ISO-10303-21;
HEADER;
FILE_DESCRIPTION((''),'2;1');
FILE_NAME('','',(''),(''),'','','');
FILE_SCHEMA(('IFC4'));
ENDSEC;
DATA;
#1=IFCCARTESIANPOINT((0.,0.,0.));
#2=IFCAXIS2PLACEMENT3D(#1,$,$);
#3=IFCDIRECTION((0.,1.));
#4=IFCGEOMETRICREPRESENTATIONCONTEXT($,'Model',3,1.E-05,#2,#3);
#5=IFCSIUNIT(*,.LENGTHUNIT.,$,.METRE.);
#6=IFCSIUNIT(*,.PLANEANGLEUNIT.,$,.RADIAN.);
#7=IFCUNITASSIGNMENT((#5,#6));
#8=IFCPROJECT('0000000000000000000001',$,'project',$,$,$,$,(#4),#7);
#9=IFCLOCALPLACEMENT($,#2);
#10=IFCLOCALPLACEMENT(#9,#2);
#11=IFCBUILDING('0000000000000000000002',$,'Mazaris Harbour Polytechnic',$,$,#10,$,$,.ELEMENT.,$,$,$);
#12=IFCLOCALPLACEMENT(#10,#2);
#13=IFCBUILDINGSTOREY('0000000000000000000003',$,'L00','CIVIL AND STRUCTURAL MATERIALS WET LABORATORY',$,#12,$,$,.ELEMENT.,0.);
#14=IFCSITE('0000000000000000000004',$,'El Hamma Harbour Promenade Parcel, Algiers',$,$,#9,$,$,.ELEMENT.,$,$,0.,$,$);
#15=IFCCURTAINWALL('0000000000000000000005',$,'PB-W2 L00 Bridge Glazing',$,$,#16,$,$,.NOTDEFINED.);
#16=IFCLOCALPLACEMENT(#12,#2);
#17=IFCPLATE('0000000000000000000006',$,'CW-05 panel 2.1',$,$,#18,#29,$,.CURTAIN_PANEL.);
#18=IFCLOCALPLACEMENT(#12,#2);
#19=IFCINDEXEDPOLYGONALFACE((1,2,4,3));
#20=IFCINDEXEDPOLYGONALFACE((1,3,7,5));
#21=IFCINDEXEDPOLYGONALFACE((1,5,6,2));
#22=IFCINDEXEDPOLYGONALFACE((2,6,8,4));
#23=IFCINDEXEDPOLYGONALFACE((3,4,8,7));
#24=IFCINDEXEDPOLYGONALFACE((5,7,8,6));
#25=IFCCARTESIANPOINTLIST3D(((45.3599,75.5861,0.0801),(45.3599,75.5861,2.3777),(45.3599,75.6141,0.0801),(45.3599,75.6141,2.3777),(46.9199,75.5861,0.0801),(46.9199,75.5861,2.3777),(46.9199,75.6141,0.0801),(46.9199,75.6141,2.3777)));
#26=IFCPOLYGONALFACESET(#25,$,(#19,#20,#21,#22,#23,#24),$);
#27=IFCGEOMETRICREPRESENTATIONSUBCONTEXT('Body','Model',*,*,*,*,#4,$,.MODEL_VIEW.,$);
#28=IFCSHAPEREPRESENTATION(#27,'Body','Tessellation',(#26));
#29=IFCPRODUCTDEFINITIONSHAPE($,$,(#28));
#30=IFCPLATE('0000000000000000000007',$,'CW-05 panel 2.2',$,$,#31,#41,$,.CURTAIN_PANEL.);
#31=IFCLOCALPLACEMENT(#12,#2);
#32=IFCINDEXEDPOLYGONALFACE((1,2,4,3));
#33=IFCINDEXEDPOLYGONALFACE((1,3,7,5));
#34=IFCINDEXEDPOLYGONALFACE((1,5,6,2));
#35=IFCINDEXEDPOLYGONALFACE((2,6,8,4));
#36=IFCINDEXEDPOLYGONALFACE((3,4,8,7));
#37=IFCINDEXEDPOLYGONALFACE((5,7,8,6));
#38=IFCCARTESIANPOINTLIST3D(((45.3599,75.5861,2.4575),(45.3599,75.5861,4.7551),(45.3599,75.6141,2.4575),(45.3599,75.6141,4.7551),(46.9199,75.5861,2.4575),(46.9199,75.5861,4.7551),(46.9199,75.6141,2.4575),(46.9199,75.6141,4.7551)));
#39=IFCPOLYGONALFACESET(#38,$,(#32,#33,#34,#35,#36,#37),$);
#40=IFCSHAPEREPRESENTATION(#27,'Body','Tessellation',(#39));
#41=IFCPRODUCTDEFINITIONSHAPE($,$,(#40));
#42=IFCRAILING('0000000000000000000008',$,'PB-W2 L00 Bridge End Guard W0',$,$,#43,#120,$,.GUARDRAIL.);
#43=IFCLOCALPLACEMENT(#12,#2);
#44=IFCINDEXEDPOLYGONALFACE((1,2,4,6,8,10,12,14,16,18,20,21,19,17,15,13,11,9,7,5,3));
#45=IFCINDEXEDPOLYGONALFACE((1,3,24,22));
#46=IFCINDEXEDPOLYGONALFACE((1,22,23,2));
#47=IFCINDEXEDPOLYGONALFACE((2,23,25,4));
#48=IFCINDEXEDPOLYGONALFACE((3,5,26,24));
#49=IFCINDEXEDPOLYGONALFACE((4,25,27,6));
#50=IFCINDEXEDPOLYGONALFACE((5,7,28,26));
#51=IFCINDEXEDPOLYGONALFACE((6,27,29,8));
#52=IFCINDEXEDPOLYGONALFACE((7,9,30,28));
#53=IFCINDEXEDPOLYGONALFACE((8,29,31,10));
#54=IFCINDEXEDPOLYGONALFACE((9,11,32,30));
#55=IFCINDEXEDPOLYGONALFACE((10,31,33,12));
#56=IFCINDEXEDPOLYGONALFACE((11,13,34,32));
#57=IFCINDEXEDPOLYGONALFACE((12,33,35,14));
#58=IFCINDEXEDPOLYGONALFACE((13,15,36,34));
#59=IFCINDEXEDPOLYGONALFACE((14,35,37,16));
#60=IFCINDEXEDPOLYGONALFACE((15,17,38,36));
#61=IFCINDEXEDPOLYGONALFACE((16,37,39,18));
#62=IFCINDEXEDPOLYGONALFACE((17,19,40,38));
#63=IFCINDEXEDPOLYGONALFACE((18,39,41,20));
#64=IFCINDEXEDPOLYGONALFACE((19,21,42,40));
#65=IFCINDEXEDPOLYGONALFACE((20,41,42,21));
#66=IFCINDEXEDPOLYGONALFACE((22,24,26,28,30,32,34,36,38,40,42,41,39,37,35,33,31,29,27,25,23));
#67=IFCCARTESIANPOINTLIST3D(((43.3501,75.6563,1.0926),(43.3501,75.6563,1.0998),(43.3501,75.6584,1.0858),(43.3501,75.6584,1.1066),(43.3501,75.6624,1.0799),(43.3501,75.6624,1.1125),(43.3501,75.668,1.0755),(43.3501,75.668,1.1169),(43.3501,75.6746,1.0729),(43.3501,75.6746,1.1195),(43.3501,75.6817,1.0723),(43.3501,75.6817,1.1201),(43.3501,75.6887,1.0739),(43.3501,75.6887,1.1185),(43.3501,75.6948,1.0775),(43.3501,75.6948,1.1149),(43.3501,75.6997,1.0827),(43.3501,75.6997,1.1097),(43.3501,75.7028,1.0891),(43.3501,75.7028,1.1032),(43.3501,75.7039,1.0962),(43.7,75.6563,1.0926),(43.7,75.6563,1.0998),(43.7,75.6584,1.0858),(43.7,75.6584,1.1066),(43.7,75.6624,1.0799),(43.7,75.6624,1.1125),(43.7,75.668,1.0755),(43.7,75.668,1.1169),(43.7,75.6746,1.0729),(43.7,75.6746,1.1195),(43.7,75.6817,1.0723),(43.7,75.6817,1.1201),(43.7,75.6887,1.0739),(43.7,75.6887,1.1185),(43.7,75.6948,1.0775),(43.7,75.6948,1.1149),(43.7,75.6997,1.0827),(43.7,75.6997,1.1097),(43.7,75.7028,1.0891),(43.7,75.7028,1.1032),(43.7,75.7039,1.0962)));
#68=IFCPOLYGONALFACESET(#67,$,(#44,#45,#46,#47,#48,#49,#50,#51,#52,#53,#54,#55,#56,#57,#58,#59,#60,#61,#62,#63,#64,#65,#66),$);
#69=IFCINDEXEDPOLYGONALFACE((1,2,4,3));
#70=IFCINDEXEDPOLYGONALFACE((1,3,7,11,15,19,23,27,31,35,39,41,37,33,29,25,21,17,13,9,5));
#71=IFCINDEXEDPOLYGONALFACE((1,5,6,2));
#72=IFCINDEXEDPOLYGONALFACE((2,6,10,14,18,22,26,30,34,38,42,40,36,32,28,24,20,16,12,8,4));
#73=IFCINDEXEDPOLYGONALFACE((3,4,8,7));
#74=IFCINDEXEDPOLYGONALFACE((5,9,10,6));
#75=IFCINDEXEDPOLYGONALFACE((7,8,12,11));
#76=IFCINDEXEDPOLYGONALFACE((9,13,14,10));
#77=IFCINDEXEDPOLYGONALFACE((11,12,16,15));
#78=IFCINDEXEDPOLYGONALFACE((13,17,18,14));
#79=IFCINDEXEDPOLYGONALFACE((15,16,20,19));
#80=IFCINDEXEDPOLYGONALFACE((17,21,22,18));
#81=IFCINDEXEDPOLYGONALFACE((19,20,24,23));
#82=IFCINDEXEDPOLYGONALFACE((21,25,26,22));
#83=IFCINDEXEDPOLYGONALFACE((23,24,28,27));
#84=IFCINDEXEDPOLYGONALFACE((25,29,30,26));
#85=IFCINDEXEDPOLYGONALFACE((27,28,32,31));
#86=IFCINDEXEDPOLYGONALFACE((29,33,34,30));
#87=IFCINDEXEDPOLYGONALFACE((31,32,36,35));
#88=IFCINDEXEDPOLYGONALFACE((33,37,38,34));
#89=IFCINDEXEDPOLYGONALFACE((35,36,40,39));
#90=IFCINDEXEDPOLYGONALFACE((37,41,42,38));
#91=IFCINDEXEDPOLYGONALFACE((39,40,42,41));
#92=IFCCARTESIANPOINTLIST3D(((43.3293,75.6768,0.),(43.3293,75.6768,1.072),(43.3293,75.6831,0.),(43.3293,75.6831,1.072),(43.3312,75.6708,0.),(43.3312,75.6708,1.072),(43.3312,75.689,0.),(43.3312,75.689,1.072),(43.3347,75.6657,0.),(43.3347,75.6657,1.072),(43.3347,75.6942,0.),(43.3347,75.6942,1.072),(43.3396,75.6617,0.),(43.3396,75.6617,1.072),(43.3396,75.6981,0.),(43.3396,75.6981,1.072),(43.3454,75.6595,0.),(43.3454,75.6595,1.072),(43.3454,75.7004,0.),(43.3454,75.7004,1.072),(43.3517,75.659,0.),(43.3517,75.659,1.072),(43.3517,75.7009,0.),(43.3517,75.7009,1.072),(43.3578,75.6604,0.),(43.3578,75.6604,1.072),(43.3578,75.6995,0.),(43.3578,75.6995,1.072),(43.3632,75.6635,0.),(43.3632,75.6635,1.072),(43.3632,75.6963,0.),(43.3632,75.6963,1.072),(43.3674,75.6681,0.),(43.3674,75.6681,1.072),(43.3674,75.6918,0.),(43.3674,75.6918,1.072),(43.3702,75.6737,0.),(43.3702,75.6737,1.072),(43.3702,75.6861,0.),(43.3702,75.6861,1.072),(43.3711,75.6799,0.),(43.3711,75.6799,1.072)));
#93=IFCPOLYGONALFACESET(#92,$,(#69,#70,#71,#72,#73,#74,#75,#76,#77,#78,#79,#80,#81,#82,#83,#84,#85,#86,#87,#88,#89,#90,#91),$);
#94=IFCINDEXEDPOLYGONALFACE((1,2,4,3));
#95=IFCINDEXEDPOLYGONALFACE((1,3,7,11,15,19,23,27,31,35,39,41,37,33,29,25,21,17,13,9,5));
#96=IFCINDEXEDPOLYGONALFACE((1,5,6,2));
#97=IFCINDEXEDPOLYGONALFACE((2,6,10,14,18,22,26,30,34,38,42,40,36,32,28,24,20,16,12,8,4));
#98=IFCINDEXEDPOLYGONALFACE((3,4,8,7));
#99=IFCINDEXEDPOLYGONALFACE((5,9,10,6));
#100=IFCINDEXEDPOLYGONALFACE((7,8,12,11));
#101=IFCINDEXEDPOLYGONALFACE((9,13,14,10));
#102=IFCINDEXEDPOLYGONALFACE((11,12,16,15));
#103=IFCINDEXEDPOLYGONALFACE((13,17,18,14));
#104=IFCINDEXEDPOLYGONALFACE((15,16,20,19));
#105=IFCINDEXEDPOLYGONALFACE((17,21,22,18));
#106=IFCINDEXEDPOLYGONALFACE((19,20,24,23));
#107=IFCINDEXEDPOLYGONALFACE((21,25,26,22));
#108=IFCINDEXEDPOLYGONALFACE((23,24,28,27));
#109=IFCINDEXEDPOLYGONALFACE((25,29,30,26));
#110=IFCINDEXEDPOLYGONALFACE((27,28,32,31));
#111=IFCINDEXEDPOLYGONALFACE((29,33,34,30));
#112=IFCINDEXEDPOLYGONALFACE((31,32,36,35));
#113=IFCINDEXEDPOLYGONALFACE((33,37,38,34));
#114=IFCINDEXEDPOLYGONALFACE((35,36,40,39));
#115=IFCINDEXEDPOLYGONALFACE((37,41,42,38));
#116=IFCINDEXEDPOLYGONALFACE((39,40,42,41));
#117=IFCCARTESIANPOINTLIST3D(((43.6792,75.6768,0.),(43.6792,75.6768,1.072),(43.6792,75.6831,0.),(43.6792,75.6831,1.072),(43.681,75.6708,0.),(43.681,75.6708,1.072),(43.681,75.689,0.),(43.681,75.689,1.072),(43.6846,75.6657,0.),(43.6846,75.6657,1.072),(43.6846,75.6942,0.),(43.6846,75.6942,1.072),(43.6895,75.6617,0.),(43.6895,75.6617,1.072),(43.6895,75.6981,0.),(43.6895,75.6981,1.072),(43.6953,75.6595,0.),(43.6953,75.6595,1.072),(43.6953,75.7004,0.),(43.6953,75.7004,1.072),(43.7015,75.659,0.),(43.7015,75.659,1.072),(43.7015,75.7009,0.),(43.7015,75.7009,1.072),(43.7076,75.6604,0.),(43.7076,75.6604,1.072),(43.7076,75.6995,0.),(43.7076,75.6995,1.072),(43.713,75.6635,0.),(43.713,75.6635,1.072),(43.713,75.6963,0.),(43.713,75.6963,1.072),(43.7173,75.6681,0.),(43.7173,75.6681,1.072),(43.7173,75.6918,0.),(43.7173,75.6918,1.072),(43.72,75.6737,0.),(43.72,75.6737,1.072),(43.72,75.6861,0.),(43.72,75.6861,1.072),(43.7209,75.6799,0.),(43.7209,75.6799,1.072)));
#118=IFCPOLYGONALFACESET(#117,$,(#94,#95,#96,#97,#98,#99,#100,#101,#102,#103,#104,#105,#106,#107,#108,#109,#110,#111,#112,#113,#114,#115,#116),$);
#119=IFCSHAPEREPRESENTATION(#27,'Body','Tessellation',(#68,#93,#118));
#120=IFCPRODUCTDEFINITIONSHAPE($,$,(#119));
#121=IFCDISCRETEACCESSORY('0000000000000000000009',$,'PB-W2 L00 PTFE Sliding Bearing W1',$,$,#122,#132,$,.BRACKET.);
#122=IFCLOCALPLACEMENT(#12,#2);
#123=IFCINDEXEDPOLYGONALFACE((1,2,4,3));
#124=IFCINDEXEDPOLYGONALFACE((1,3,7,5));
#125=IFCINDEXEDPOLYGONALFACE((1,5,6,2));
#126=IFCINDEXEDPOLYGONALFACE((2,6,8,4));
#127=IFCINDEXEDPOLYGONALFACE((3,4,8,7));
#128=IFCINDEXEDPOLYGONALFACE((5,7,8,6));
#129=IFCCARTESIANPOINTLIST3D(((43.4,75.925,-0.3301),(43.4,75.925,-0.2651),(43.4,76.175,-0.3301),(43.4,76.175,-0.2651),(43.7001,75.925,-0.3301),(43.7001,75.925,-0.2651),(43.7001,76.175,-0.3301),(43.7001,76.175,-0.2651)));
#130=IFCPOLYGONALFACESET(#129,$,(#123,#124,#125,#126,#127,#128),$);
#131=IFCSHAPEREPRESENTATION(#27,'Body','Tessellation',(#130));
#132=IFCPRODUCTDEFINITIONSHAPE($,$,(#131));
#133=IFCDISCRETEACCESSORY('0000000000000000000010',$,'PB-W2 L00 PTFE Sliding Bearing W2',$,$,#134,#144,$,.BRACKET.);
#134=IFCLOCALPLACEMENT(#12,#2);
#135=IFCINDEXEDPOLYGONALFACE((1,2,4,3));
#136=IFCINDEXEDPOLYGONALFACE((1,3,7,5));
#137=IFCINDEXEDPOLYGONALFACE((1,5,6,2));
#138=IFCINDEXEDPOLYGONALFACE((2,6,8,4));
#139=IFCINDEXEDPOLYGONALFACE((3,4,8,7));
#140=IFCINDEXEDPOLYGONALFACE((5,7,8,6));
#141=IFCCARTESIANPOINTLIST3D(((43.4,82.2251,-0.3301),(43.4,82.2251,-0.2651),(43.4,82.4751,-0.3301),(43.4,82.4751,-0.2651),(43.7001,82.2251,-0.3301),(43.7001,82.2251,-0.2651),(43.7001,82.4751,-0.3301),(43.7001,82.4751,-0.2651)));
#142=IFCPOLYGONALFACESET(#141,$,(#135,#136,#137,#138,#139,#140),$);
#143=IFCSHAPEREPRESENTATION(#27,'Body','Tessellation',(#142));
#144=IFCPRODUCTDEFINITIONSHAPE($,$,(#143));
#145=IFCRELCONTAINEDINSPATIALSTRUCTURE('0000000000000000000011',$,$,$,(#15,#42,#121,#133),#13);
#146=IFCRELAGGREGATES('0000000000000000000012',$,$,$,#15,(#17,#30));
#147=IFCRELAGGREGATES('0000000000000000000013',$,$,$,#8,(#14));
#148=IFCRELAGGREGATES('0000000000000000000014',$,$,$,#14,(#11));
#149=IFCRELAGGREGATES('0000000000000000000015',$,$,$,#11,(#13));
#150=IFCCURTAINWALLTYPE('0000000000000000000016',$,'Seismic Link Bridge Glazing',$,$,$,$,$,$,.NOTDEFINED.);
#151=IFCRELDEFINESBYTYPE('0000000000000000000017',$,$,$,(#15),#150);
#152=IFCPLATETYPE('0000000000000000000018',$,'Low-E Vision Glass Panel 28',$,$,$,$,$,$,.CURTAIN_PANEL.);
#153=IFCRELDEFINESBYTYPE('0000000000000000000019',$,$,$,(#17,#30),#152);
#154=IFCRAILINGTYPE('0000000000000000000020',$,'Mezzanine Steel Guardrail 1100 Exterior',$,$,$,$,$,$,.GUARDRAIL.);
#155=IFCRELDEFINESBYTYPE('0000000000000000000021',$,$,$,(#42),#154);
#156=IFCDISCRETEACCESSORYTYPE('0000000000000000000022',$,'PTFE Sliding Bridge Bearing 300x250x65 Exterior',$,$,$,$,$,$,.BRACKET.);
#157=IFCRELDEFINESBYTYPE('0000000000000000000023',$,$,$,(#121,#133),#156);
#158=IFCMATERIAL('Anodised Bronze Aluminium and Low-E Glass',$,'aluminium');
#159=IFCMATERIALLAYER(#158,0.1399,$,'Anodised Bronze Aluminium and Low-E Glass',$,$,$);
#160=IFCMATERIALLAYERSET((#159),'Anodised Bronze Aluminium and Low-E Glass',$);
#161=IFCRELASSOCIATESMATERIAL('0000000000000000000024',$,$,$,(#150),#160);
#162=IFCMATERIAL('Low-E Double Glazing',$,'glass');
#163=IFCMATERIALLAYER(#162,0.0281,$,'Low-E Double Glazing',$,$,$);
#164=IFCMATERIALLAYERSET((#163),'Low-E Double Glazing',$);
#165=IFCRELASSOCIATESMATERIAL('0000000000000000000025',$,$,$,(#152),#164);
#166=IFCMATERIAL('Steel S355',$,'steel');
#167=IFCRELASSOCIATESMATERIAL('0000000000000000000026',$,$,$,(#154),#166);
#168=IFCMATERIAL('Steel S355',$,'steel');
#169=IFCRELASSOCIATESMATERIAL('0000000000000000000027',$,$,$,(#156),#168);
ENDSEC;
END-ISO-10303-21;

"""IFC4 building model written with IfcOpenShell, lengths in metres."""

from ifc_helpers import new_model, si_unit, direction, frame, origin, origin_2d, place, context, subcontext, project, spatial, rectangle, circle, extrude, material, layer, layer_set, type_object, element, aggregate, save


model = new_model("IFC4")

# Units and contexts
model_context = context("Model", 3, precision=1e-05, world=origin(), true_north=direction((0.0, 1.0)))
body_context = subcontext(model_context, "Body", "Model", "MODEL_VIEW")
ifc_project = project(units=[si_unit("LENGTHUNIT", "METRE"), si_unit("PLANEANGLEUNIT", "RADIAN")], contexts=[model_context])

# Site, building, storey
site_placement = place(None, origin())
site = spatial("IfcSite", under=ifc_project, at=site_placement, Name="El Hamma Harbour Promenade Parcel, Algiers", CompositionType="ELEMENT", RefElevation=0.0)
building_placement = place(site_placement, origin())
building = spatial("IfcBuilding", under=site, at=building_placement, Name="Mazaris Harbour Polytechnic", CompositionType="ELEMENT")
storey_placement = place(building_placement, origin())
storey = spatial("IfcBuildingStorey", under=building, at=storey_placement, Name="L00", Description="CIVIL AND STRUCTURAL MATERIALS WET LABORATORY", CompositionType="ELEMENT", Elevation=0.0)

# Curtain wall
ifc_material_1 = material(Name="Anodised Bronze Aluminium and Low-E Glass", Category="aluminium")
ifc_layer_1 = layer(ifc_material_1, 0.1399, Name="Anodised Bronze Aluminium and Low-E Glass")
ifc_layer_set_1 = layer_set([ifc_layer_1], Name="Anodised Bronze Aluminium and Low-E Glass")
curtain_wall_type_1 = type_object("IfcCurtainWallType", Name="Seismic Link Bridge Glazing", PredefinedType="NOTDEFINED", material=ifc_layer_set_1)
curtain_wall_1_placement = place(storey_placement, origin())
curtain_wall_1 = element("IfcCurtainWall", 1, at=curtain_wall_1_placement, inside=storey, type_object=curtain_wall_type_1, Name="PB-W2 L00 Bridge Glazing", PredefinedType="NOTDEFINED")

# Plates
ifc_material_2 = material(Name="Low-E Double Glazing", Category="glass")
ifc_layer_2 = layer(ifc_material_2, 0.0281, Name="Low-E Double Glazing")
ifc_layer_set_2 = layer_set([ifc_layer_2], Name="Low-E Double Glazing")
plate_type = type_object("IfcPlateType", Name="Low-E Vision Glass Panel 28", PredefinedType="CURTAIN_PANEL", material=ifc_layer_set_2)
plate_1_placement = place(storey_placement, frame((46.1399, 75.6001, 0.0801), z_axis=(0.0, 0.0, 1.0), x_axis=(1.0, 0.0, 0.0)))
plate_1 = element("IfcPlate", 2, at=plate_1_placement, type_object=plate_type, Name="CW-05 panel 2.1", PredefinedType="CURTAIN_PANEL", context=body_context, shape_type="SweptSolid", body=[
    extrude(rectangle(XDim=1.5601, YDim=0.0281, at=origin_2d()), origin(), (0.0, 0.0, 1.0), 2.2976),
])
plate_2_placement = place(storey_placement, frame((46.1399, 75.6001, 2.4575), z_axis=(0.0, 0.0, 1.0), x_axis=(1.0, 0.0, 0.0)))
plate_2 = element("IfcPlate", 3, at=plate_2_placement, type_object=plate_type, Name="CW-05 panel 2.2", PredefinedType="CURTAIN_PANEL", context=body_context, shape_type="SweptSolid", body=[
    extrude(rectangle(XDim=1.5601, YDim=0.0281, at=origin_2d()), origin(), (0.0, 0.0, 1.0), 2.2976),
])
aggregate(curtain_wall_1, [plate_1, plate_2])

# Railing
ifc_material_3 = material(Name="Steel S355", Category="steel")
railing_type = type_object("IfcRailingType", Name="Mezzanine Steel Guardrail 1100 Exterior", PredefinedType="GUARDRAIL", material=ifc_material_3)
railing_placement = place(storey_placement, frame((43.3501, 75.6799, 0.0)))
element("IfcRailing", 4, at=railing_placement, inside=storey, type_object=railing_type, Name="PB-W2 L00 Bridge End Guard W0", PredefinedType="GUARDRAIL", context=body_context, shape_type="SweptSolid", body=[
    extrude(circle(Radius=0.0239, at=origin_2d()), frame((0.0, 0.0, 1.0962), z_axis=(1.0, 0.0, 0.0), x_axis=(0.0, 1.0, 0.0)), (0.0, 0.0, 1.0), 0.3499),
    extrude(circle(Radius=0.021, at=origin_2d()), origin(), (0.0, 0.0, 1.0), 1.072),
    extrude(circle(Radius=0.021, at=origin_2d()), frame((0.3499, 0.0, 0.0)), (0.0, 0.0, 1.0), 1.072),
])

# Discrete accessories
ifc_material_4 = material(Name="Steel S355", Category="steel")
discrete_accessory_type = type_object("IfcDiscreteAccessoryType", Name="PTFE Sliding Bridge Bearing 300x250x65 Exterior", PredefinedType="BRACKET", material=ifc_material_4)
for number, where, z_axis, x_axis, name in (
    (5, (43.55, 76.05, -0.3301), (0.0, 0.0, 1.0), (1.0, 0.0, 0.0), "PB-W2 L00 PTFE Sliding Bearing W1"),
    (6, (43.55, 82.3501, -0.3301), (0.0, 0.0, 1.0), (1.0, 0.0, 0.0), "PB-W2 L00 PTFE Sliding Bearing W2"),
):
    element("IfcDiscreteAccessory", number, at=place(storey_placement, frame(where, z_axis=z_axis, x_axis=x_axis)), inside=storey, type_object=discrete_accessory_type, Name=name, PredefinedType="BRACKET", context=body_context, shape_type="SweptSolid", body=[
        extrude(rectangle(XDim=0.3, YDim=0.25, at=origin_2d()), origin(), (0.0, 0.0, 1.0), 0.0649),
    ])

save(model, "model.ifc")
